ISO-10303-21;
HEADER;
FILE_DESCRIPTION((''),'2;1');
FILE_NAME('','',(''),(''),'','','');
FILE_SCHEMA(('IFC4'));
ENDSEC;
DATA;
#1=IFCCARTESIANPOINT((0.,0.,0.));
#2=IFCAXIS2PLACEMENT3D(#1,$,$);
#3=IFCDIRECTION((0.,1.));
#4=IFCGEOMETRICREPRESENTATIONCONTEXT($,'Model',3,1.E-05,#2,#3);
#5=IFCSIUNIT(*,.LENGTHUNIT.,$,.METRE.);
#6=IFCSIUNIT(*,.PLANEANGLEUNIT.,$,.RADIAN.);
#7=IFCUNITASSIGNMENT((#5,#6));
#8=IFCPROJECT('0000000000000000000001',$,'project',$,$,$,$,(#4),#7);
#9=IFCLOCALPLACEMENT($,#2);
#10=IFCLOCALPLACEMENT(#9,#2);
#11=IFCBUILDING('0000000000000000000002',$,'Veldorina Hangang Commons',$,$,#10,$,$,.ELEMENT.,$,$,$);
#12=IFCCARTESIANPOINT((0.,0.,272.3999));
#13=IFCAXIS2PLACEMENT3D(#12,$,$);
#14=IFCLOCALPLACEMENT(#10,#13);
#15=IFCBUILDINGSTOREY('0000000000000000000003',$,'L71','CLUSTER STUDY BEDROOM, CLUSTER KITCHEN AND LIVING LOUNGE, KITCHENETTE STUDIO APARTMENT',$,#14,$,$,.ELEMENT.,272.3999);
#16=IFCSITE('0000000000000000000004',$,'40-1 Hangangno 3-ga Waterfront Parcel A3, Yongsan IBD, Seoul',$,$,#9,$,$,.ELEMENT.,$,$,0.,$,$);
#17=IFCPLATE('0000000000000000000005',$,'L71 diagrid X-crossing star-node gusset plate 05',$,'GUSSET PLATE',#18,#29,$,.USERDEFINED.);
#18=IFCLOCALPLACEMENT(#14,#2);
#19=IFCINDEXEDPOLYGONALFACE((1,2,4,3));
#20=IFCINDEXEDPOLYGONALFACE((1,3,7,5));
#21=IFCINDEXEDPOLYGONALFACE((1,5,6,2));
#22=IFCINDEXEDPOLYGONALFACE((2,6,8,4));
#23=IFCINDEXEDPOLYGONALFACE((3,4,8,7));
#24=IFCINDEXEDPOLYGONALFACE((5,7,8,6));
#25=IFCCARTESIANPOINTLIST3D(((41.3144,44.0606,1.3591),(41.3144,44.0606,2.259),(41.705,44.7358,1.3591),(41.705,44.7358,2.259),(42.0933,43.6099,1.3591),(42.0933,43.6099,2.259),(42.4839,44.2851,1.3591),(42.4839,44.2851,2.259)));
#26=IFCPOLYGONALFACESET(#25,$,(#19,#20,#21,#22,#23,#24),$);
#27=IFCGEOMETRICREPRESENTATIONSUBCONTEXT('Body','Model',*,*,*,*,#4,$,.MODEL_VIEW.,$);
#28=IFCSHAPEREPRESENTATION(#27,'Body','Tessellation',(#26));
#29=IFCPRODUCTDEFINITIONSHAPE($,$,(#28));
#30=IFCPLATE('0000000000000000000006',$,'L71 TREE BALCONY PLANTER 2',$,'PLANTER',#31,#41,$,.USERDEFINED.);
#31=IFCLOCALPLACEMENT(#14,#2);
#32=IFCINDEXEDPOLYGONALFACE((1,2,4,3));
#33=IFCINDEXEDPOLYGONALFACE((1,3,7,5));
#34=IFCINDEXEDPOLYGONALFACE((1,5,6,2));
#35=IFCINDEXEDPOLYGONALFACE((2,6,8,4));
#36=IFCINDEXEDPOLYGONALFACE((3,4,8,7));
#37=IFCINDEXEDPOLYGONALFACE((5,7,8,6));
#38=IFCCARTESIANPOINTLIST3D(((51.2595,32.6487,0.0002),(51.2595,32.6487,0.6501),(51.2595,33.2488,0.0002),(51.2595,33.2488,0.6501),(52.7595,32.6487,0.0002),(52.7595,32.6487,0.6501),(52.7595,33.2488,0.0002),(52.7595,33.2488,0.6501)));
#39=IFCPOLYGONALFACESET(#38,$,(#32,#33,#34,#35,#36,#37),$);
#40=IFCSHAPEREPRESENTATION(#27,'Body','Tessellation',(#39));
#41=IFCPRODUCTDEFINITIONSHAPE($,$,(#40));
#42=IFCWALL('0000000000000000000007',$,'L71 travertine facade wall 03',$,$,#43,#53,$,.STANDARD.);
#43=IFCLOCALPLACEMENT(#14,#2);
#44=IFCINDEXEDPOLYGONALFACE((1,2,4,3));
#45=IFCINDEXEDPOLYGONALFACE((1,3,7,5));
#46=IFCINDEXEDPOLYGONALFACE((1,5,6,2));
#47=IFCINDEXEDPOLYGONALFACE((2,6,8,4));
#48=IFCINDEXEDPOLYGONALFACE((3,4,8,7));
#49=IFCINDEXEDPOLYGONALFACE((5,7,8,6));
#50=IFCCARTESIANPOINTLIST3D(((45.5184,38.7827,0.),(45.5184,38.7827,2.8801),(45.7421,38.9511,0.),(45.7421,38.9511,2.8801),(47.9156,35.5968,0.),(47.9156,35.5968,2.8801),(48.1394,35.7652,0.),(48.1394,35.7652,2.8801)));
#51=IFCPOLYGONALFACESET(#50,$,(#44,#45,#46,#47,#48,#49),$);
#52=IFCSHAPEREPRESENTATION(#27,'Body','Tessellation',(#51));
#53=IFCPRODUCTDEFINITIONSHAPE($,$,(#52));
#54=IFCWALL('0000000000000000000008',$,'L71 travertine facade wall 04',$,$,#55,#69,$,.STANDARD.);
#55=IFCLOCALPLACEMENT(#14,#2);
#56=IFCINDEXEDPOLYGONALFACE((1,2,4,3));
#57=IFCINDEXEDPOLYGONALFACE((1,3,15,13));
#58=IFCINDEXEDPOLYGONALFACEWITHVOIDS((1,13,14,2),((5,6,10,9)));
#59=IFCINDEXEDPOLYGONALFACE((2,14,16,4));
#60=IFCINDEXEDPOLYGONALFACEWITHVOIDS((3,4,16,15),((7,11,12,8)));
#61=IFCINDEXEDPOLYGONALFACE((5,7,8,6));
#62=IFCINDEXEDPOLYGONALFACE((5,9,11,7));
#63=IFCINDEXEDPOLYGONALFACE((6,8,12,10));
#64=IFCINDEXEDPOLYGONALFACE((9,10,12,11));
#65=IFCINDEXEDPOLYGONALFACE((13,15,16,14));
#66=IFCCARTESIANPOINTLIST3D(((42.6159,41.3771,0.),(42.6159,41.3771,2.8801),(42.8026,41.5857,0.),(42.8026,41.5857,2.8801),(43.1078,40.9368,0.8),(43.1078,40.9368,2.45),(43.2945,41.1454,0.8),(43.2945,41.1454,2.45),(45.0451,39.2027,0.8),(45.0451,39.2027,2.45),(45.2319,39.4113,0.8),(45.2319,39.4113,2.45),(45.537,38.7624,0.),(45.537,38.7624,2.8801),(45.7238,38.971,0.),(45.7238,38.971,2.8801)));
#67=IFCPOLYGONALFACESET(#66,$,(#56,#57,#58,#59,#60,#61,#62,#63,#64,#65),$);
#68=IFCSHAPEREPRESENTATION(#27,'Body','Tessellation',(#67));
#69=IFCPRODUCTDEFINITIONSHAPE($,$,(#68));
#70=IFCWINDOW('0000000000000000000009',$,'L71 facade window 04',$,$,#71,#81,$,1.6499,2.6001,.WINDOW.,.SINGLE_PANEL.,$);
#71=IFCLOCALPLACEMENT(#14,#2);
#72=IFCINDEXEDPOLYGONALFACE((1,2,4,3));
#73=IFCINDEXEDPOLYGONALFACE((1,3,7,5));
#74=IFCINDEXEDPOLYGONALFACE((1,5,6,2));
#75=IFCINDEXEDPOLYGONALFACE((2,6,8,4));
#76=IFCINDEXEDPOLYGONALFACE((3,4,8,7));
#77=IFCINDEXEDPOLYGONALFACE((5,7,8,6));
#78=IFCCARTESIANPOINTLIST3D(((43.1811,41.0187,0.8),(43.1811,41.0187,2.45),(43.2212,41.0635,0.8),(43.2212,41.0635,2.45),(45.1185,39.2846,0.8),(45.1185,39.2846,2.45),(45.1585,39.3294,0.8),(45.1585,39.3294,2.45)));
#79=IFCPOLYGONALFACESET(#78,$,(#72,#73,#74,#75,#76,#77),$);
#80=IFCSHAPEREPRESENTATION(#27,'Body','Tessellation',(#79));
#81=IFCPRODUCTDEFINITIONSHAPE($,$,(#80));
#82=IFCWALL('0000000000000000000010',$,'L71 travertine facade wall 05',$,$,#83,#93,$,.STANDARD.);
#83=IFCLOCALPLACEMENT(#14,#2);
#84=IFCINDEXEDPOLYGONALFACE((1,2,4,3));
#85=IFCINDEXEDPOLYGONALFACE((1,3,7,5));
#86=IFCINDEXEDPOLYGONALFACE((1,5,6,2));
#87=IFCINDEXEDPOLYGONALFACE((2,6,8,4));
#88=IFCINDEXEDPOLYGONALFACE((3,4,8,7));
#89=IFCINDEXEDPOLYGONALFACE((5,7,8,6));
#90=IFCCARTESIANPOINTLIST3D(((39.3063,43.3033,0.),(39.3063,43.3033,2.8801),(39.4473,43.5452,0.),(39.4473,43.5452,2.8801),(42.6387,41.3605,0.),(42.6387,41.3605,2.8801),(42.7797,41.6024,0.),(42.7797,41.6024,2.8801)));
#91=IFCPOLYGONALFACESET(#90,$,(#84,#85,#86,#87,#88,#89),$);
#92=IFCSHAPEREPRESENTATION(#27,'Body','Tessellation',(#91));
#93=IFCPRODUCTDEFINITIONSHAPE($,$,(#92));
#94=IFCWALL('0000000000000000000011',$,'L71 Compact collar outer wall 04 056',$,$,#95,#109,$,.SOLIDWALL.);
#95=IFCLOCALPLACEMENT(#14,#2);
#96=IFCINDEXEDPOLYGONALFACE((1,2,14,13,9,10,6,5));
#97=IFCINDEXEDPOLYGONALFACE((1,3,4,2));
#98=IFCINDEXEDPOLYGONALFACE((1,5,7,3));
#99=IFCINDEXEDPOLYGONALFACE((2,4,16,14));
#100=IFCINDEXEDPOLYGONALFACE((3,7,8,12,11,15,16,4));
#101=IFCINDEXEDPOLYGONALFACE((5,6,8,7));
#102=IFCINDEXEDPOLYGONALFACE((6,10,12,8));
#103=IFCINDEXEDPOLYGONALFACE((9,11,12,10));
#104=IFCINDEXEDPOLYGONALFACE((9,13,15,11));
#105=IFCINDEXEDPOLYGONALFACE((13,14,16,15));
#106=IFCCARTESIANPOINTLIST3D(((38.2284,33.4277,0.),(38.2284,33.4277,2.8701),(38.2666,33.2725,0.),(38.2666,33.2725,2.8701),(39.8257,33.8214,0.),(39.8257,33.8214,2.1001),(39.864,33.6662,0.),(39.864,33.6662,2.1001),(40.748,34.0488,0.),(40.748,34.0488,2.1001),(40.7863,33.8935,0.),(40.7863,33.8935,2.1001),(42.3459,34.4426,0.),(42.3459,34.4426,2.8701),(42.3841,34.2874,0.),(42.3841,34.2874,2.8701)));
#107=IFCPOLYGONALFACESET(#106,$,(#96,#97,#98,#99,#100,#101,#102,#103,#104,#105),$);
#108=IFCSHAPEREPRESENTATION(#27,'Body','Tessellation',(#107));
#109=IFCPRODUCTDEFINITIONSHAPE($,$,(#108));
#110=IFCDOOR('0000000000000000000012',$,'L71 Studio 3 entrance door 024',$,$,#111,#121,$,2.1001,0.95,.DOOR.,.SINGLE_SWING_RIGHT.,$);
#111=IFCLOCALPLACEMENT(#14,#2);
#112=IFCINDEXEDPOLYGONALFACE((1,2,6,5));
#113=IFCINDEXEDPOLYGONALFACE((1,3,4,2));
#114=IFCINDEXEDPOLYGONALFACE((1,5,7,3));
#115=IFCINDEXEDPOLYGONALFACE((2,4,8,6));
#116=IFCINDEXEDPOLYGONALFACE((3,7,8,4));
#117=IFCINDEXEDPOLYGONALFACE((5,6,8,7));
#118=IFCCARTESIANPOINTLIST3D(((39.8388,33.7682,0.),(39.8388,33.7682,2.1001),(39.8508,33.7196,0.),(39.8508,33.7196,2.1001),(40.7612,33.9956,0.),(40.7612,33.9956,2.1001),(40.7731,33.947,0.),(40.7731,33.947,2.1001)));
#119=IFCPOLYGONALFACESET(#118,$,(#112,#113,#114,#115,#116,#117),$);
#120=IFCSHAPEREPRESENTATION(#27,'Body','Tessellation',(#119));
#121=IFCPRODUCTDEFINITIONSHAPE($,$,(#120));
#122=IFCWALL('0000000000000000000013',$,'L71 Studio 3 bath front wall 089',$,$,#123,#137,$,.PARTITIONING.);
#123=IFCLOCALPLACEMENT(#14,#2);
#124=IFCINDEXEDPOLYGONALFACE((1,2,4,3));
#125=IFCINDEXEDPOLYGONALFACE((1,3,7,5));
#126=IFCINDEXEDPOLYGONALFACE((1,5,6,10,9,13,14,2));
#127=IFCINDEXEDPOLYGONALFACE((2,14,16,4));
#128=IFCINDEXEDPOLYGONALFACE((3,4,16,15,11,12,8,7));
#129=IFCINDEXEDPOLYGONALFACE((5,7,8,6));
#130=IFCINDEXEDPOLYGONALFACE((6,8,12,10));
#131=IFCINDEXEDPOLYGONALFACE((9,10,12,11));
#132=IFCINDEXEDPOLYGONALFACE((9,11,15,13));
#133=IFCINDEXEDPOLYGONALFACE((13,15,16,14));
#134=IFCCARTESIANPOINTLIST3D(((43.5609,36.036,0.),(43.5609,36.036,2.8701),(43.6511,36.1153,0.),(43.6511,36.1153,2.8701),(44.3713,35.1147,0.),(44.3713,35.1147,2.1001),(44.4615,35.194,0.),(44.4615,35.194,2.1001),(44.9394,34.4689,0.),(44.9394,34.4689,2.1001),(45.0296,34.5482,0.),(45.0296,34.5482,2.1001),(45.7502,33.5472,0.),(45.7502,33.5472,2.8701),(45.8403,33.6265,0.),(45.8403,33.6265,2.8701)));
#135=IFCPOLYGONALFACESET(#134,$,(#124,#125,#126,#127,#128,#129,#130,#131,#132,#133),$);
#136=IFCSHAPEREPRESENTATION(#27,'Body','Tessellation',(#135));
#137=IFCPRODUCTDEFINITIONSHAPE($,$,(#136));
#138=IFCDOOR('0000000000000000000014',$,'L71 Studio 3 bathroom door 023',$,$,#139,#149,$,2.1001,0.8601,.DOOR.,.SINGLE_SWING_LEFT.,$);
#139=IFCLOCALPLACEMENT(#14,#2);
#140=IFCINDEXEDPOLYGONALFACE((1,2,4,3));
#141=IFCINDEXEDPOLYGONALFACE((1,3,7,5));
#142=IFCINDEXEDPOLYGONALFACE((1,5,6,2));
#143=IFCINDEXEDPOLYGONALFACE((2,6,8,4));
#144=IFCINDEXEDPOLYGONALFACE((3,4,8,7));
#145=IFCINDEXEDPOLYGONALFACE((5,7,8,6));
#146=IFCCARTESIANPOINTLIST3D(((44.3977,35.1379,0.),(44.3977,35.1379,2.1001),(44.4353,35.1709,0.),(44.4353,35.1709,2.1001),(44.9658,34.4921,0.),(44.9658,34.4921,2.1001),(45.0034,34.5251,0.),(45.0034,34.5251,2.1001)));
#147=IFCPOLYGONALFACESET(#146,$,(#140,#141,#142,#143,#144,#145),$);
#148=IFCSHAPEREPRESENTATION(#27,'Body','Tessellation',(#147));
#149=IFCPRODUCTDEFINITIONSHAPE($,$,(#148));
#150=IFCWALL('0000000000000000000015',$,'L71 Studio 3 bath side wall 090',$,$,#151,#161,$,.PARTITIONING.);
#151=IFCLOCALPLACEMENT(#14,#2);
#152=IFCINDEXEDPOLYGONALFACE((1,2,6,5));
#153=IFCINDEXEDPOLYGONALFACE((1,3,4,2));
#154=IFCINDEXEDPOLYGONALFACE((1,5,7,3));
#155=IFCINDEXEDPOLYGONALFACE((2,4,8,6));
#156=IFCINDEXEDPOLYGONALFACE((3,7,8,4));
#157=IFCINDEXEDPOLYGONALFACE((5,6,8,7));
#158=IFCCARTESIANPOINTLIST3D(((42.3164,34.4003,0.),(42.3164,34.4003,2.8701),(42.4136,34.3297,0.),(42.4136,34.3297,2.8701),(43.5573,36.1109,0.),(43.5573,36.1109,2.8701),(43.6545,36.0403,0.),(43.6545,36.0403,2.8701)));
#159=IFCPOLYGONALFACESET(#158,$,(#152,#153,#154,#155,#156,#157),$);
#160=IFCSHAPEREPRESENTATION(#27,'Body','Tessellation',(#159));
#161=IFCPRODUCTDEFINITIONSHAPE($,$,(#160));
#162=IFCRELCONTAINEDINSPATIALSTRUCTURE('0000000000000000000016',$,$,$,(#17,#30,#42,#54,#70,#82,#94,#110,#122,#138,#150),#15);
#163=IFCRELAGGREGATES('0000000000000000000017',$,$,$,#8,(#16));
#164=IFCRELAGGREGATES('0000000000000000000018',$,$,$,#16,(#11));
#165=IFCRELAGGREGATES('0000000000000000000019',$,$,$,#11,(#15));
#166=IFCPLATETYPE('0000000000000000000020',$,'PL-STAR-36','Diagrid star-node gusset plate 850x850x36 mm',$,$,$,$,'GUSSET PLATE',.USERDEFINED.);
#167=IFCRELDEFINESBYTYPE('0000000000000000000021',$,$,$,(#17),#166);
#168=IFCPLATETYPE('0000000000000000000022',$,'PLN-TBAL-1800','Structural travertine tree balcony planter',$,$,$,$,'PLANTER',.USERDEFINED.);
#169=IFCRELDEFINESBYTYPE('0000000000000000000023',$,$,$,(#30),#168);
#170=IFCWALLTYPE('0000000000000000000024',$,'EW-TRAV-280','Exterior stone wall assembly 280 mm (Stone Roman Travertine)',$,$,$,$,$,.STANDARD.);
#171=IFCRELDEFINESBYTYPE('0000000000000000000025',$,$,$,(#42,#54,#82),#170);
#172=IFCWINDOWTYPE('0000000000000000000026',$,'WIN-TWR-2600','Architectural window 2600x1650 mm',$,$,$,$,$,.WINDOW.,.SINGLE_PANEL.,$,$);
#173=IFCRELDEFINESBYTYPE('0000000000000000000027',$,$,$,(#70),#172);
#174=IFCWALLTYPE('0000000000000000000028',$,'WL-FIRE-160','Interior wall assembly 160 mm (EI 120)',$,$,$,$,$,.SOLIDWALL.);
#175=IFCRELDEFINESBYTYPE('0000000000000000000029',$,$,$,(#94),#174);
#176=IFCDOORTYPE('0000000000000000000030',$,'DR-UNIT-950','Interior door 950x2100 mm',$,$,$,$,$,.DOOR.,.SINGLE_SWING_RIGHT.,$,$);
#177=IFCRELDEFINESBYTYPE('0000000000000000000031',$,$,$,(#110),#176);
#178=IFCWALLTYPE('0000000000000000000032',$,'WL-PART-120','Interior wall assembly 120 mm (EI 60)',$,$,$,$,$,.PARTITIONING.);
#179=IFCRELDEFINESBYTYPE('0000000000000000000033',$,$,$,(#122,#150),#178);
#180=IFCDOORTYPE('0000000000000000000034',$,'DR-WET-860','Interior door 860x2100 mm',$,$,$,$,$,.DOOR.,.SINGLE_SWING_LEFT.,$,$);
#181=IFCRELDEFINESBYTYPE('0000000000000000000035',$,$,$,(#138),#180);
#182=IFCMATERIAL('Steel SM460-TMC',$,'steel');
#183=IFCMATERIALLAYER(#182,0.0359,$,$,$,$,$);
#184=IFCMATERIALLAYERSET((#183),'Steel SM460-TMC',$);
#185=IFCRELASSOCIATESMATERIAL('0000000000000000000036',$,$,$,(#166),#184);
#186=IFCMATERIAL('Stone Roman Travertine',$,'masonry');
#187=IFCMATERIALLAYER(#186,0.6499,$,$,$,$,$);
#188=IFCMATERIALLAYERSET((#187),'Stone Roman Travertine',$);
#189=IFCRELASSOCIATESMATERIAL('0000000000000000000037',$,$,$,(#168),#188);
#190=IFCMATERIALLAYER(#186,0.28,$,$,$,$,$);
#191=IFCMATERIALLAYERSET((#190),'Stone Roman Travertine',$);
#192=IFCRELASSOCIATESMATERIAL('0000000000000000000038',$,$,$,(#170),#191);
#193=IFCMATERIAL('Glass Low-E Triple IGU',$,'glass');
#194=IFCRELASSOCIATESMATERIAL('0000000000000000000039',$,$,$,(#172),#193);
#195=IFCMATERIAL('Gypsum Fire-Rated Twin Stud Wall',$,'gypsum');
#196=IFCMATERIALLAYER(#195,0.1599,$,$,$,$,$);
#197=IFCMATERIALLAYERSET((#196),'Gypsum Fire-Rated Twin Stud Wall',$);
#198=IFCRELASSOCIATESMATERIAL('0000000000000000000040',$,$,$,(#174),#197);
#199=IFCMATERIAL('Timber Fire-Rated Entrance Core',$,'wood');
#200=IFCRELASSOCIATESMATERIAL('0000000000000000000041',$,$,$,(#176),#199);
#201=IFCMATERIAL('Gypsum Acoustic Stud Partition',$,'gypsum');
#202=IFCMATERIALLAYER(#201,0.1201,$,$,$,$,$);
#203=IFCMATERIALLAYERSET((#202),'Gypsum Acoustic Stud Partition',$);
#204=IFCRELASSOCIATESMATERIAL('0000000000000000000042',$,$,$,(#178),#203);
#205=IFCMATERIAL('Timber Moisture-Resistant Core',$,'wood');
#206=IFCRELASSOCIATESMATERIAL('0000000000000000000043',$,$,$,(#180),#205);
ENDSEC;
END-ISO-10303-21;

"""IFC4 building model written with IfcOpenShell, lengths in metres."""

from ifc_helpers import new_model, si_unit, direction, frame, frame_2d, origin, origin_2d, place, context, subcontext, project, spatial, rectangle, extrude, material, layer, layer_set, type_object, element, fill, save


model = new_model("IFC4")

# Units and contexts
model_context = context("Model", 3, precision=1e-05, world=origin(), true_north=direction((0.0, 1.0)))
body_context = subcontext(model_context, "Body", "Model", "MODEL_VIEW")
ifc_project = project(units=[si_unit("LENGTHUNIT", "METRE"), si_unit("PLANEANGLEUNIT", "RADIAN")], contexts=[model_context])

# Site, building, storey
site_placement = place(None, origin())
site = spatial("IfcSite", under=ifc_project, at=site_placement, Name="40-1 Hangangno 3-ga Waterfront Parcel A3, Yongsan IBD, Seoul", CompositionType="ELEMENT", RefElevation=0.0)
building_placement = place(site_placement, origin())
building = spatial("IfcBuilding", under=site, at=building_placement, Name="Veldorina Hangang Commons", CompositionType="ELEMENT")
storey_placement = place(building_placement, frame((0.0, 0.0, 272.3999)))
storey = spatial("IfcBuildingStorey", under=building, at=storey_placement, Name="L71", Description="CLUSTER STUDY BEDROOM, CLUSTER KITCHEN AND LIVING LOUNGE, KITCHENETTE STUDIO APARTMENT", CompositionType="ELEMENT", Elevation=272.3999)

# Plates
ifc_material_1 = material(Name="Steel SM460-TMC", Category="steel")
ifc_layer_1 = layer(ifc_material_1, 0.0359)
ifc_layer_set_1 = layer_set([ifc_layer_1], Name="Steel SM460-TMC")
plate_type_1 = type_object("IfcPlateType", Name="PL-STAR-36", Description="Diagrid star-node gusset plate 850x850x36 mm", ElementType="GUSSET PLATE", PredefinedType="USERDEFINED", material=ifc_layer_set_1)
plate_1_placement = place(storey_placement, frame((41.8992, 44.1729, 1.3591), z_axis=(0.0, 0.0, 1.0), x_axis=(-0.865589, 0.500756, 0.0)))
element("IfcPlate", 1, at=plate_1_placement, inside=storey, type_object=plate_type_1, Name="L71 diagrid X-crossing star-node gusset plate 05", ObjectType="GUSSET PLATE", PredefinedType="USERDEFINED", context=body_context, shape_type="SweptSolid", body=[
    extrude(rectangle(XDim=0.8999, YDim=0.78, at=origin_2d()), origin(), (0.0, 0.0, 1.0), 0.8999),
])
ifc_material_2 = material(Name="Stone Roman Travertine", Category="masonry")
ifc_layer_2 = layer(ifc_material_2, 0.6499)
ifc_layer_set_2 = layer_set([ifc_layer_2], Name="Stone Roman Travertine")
plate_type_2 = type_object("IfcPlateType", Name="PLN-TBAL-1800", Description="Structural travertine tree balcony planter", ElementType="PLANTER", PredefinedType="USERDEFINED", material=ifc_layer_set_2)
plate_2_placement = place(storey_placement, frame((52.0095, 32.9487, 0.0002), z_axis=(0.0, 0.0, 1.0), x_axis=(1.0, 0.0, 0.0)))
element("IfcPlate", 2, at=plate_2_placement, inside=storey, type_object=plate_type_2, Name="L71 TREE BALCONY PLANTER 2", ObjectType="PLANTER", PredefinedType="USERDEFINED", context=body_context, shape_type="SweptSolid", body=[
    extrude(rectangle(XDim=1.5, YDim=0.6001, at=origin_2d()), origin(), (0.0, 0.0, 1.0), 0.6499),
])

# Wall
ifc_layer_3 = layer(ifc_material_2, 0.28)
ifc_layer_set_3 = layer_set([ifc_layer_3], Name="Stone Roman Travertine")
wall_type_1 = type_object("IfcWallType", Name="EW-TRAV-280", Description="Exterior stone wall assembly 280 mm (Stone Roman Travertine)", PredefinedType="STANDARD", material=ifc_layer_set_3)
wall_1_placement = place(storey_placement, frame((48.0276, 35.6809, 0.0), z_axis=(0.0, 0.0, 1.0), x_axis=(-0.601263, 0.799051, 0.0)))
element("IfcWall", 3, at=wall_1_placement, inside=storey, type_object=wall_type_1, Name="L71 travertine facade wall 03", PredefinedType="STANDARD", context=body_context, shape_type="SweptSolid", body=[
    extrude(rectangle(XDim=3.9871, YDim=0.28, at=frame_2d((1.9937, 0.0))), origin(), (0.0, 0.0, 1.0), 2.8801),
])

# Wall, opening, window
wall_2_placement = place(storey_placement, frame((45.6304, 38.8667, 0.0), z_axis=(0.0, 0.0, 1.0), x_axis=(-0.745103, 0.66695, 0.0)))
wall_2 = element("IfcWall", 4, at=wall_2_placement, inside=storey, type_object=wall_type_1, Name="L71 travertine facade wall 04", PredefinedType="STANDARD", context=body_context, shape_type="SweptSolid", body=[
    extrude(rectangle(XDim=3.9204, YDim=0.28, at=frame_2d((1.9602, 0.0))), origin(), (0.0, 0.0, 1.0), 2.8801),
])
opening_1_placement = place(wall_2_placement, frame((0.6602, 0.0, 0.8)))
opening_1 = element("IfcOpeningElement", 5, at=opening_1_placement, cuts=wall_2, PredefinedType="OPENING", context=body_context, shape_type="SweptSolid", body=[
    extrude(rectangle(XDim=2.6001, YDim=1.6499, at=frame_2d((1.3, 0.825))), frame((0.0, 0.1499, 0.0), z_axis=(0.0, -1.0, 0.0), x_axis=(1.0, 0.0, 0.0)), (0.0, 0.0, 1.0), 0.3),
])
ifc_material_3 = material(Name="Glass Low-E Triple IGU", Category="glass")
window_type = type_object("IfcWindowType", Name="WIN-TWR-2600", Description="Architectural window 2600x1650 mm", PartitioningType="SINGLE_PANEL", PredefinedType="WINDOW", material=ifc_material_3)
window_placement = place(opening_1_placement, origin())
window = element("IfcWindow", 6, at=window_placement, inside=storey, type_object=window_type, Name="L71 facade window 04", OverallHeight=1.6499, OverallWidth=2.6001, PartitioningType="SINGLE_PANEL", PredefinedType="WINDOW", context=body_context, shape_type="SweptSolid", body=[
    extrude(rectangle(XDim=2.6001, YDim=1.6499, at=frame_2d((1.3, 0.825))), frame((0.0, 0.03, 0.0), z_axis=(0.0, -1.0, 0.0), x_axis=(1.0, 0.0, 0.0)), (0.0, 0.0, 1.0), 0.0601),
])
fill(opening_1, window)

# Wall
wall_3_placement = place(storey_placement, frame((42.7092, 41.4814, 0.0), z_axis=(0.0, 0.0, 1.0), x_axis=(-0.863903, 0.503659, 0.0)))
element("IfcWall", 7, at=wall_3_placement, inside=storey, type_object=wall_type_1, Name="L71 travertine facade wall 05", PredefinedType="STANDARD", context=body_context, shape_type="SweptSolid", body=[
    extrude(rectangle(XDim=3.8574, YDim=0.28, at=frame_2d((1.9287, 0.0))), origin(), (0.0, 0.0, 1.0), 2.8801),
])

# Walls, openings, doors
ifc_material_4 = material(Name="Gypsum Fire-Rated Twin Stud Wall", Category="gypsum")
ifc_layer_4 = layer(ifc_material_4, 0.1599)
ifc_layer_set_4 = layer_set([ifc_layer_4], Name="Gypsum Fire-Rated Twin Stud Wall")
wall_type_2 = type_object("IfcWallType", Name="WL-FIRE-160", Description="Interior wall assembly 160 mm (EI 120)", PredefinedType="SOLIDWALL", material=ifc_layer_set_4)
wall_4_placement = place(storey_placement, frame((42.365, 34.365, 0.0), z_axis=(0.0, 0.0, 1.0), x_axis=(-0.97094, -0.239324, 0.0)))
wall_4 = element("IfcWall", 8, at=wall_4_placement, inside=storey, type_object=wall_type_2, Name="L71 Compact collar outer wall 04 056", PredefinedType="SOLIDWALL", context=body_context, shape_type="SweptSolid", body=[
    extrude(rectangle(XDim=4.2407, YDim=0.1599, at=frame_2d((2.1204, 0.0))), origin(), (0.0, 0.0, 1.0), 2.8701),
])
opening_2_placement = place(wall_4_placement, frame((1.6455, 0.0, 0.0)))
opening_2 = element("IfcOpeningElement", 9, at=opening_2_placement, cuts=wall_4, PredefinedType="OPENING", context=body_context, shape_type="SweptSolid", body=[
    extrude(rectangle(XDim=0.95, YDim=2.1001, at=frame_2d((0.4751, 1.05))), frame((0.0, 0.0898, 0.0), z_axis=(0.0, -1.0, 0.0), x_axis=(1.0, 0.0, 0.0)), (0.0, 0.0, 1.0), 0.1799),
])
ifc_material_5 = material(Name="Timber Fire-Rated Entrance Core", Category="wood")
door_type_1 = type_object("IfcDoorType", Name="DR-UNIT-950", Description="Interior door 950x2100 mm", OperationType="SINGLE_SWING_RIGHT", PredefinedType="DOOR", material=ifc_material_5)
door_1_placement = place(opening_2_placement, origin())
door_1 = element("IfcDoor", 10, at=door_1_placement, inside=storey, type_object=door_type_1, Name="L71 Studio 3 entrance door 024", OperationType="SINGLE_SWING_RIGHT", OverallHeight=2.1001, OverallWidth=0.95, PredefinedType="DOOR", context=body_context, shape_type="SweptSolid", body=[
    extrude(rectangle(XDim=0.95, YDim=2.1001, at=frame_2d((0.4751, 1.05))), frame((0.0, 0.0249, 0.0), z_axis=(0.0, -1.0, 0.0), x_axis=(1.0, 0.0, 0.0)), (0.0, 0.0, 1.0), 0.05),
])
fill(opening_2, door_1)
ifc_material_6 = material(Name="Gypsum Acoustic Stud Partition", Category="gypsum")
ifc_layer_5 = layer(ifc_material_6, 0.1201)
ifc_layer_set_5 = layer_set([ifc_layer_5], Name="Gypsum Acoustic Stud Partition")
wall_type_3 = type_object("IfcWallType", Name="WL-PART-120", Description="Interior wall assembly 120 mm (EI 60)", PredefinedType="PARTITIONING", material=ifc_layer_set_5)
wall_5_placement = place(storey_placement, frame((45.7952, 33.5869, 0.0), z_axis=(0.0, 0.0, 1.0), x_axis=(-0.660473, 0.750849, 0.0)))
wall_5 = element("IfcWall", 11, at=wall_5_placement, inside=storey, type_object=wall_type_3, Name="L71 Studio 3 bath front wall 089", PredefinedType="PARTITIONING", context=body_context, shape_type="SweptSolid", body=[
    extrude(rectangle(XDim=3.3147, YDim=0.1201, at=frame_2d((1.6572, 0.0))), origin(), (0.0, 0.0, 1.0), 2.8701),
])
opening_3_placement = place(wall_5_placement, frame((1.2273, 0.0, 0.0)))
opening_3 = element("IfcOpeningElement", 12, at=opening_3_placement, cuts=wall_5, PredefinedType="OPENING", context=body_context, shape_type="SweptSolid", body=[
    extrude(rectangle(XDim=0.8601, YDim=2.1001, at=frame_2d((0.4302, 1.05))), frame((0.0, 0.0701, 0.0), z_axis=(0.0, -1.0, 0.0), x_axis=(1.0, 0.0, 0.0)), (0.0, 0.0, 1.0), 0.1401),
])
ifc_material_7 = material(Name="Timber Moisture-Resistant Core", Category="wood")
door_type_2 = type_object("IfcDoorType", Name="DR-WET-860", Description="Interior door 860x2100 mm", OperationType="SINGLE_SWING_LEFT", PredefinedType="DOOR", material=ifc_material_7)
door_2_placement = place(opening_3_placement, origin())
door_2 = element("IfcDoor", 13, at=door_2_placement, inside=storey, type_object=door_type_2, Name="L71 Studio 3 bathroom door 023", OperationType="SINGLE_SWING_LEFT", OverallHeight=2.1001, OverallWidth=0.8601, PredefinedType="DOOR", context=body_context, shape_type="SweptSolid", body=[
    extrude(rectangle(XDim=0.8601, YDim=2.1001, at=frame_2d((0.4302, 1.05))), frame((0.0, 0.0249, 0.0), z_axis=(0.0, -1.0, 0.0), x_axis=(1.0, 0.0, 0.0)), (0.0, 0.0, 1.0), 0.05),
])
fill(opening_3, door_2)

# Wall
wall_6_placement = place(storey_placement, frame((42.365, 34.365, 0.0), z_axis=(0.0, 0.0, 1.0), x_axis=(0.587189, 0.80945, 0.0)))
element("IfcWall", 14, at=wall_6_placement, inside=storey, type_object=wall_type_3, Name="L71 Studio 3 bath side wall 090", PredefinedType="PARTITIONING", context=body_context, shape_type="SweptSolid", body=[
    extrude(rectangle(XDim=2.1133, YDim=0.1201, at=frame_2d((1.0566, 0.0))), origin(), (0.0, 0.0, 1.0), 2.8701),
])

save(model, "model.ifc")
